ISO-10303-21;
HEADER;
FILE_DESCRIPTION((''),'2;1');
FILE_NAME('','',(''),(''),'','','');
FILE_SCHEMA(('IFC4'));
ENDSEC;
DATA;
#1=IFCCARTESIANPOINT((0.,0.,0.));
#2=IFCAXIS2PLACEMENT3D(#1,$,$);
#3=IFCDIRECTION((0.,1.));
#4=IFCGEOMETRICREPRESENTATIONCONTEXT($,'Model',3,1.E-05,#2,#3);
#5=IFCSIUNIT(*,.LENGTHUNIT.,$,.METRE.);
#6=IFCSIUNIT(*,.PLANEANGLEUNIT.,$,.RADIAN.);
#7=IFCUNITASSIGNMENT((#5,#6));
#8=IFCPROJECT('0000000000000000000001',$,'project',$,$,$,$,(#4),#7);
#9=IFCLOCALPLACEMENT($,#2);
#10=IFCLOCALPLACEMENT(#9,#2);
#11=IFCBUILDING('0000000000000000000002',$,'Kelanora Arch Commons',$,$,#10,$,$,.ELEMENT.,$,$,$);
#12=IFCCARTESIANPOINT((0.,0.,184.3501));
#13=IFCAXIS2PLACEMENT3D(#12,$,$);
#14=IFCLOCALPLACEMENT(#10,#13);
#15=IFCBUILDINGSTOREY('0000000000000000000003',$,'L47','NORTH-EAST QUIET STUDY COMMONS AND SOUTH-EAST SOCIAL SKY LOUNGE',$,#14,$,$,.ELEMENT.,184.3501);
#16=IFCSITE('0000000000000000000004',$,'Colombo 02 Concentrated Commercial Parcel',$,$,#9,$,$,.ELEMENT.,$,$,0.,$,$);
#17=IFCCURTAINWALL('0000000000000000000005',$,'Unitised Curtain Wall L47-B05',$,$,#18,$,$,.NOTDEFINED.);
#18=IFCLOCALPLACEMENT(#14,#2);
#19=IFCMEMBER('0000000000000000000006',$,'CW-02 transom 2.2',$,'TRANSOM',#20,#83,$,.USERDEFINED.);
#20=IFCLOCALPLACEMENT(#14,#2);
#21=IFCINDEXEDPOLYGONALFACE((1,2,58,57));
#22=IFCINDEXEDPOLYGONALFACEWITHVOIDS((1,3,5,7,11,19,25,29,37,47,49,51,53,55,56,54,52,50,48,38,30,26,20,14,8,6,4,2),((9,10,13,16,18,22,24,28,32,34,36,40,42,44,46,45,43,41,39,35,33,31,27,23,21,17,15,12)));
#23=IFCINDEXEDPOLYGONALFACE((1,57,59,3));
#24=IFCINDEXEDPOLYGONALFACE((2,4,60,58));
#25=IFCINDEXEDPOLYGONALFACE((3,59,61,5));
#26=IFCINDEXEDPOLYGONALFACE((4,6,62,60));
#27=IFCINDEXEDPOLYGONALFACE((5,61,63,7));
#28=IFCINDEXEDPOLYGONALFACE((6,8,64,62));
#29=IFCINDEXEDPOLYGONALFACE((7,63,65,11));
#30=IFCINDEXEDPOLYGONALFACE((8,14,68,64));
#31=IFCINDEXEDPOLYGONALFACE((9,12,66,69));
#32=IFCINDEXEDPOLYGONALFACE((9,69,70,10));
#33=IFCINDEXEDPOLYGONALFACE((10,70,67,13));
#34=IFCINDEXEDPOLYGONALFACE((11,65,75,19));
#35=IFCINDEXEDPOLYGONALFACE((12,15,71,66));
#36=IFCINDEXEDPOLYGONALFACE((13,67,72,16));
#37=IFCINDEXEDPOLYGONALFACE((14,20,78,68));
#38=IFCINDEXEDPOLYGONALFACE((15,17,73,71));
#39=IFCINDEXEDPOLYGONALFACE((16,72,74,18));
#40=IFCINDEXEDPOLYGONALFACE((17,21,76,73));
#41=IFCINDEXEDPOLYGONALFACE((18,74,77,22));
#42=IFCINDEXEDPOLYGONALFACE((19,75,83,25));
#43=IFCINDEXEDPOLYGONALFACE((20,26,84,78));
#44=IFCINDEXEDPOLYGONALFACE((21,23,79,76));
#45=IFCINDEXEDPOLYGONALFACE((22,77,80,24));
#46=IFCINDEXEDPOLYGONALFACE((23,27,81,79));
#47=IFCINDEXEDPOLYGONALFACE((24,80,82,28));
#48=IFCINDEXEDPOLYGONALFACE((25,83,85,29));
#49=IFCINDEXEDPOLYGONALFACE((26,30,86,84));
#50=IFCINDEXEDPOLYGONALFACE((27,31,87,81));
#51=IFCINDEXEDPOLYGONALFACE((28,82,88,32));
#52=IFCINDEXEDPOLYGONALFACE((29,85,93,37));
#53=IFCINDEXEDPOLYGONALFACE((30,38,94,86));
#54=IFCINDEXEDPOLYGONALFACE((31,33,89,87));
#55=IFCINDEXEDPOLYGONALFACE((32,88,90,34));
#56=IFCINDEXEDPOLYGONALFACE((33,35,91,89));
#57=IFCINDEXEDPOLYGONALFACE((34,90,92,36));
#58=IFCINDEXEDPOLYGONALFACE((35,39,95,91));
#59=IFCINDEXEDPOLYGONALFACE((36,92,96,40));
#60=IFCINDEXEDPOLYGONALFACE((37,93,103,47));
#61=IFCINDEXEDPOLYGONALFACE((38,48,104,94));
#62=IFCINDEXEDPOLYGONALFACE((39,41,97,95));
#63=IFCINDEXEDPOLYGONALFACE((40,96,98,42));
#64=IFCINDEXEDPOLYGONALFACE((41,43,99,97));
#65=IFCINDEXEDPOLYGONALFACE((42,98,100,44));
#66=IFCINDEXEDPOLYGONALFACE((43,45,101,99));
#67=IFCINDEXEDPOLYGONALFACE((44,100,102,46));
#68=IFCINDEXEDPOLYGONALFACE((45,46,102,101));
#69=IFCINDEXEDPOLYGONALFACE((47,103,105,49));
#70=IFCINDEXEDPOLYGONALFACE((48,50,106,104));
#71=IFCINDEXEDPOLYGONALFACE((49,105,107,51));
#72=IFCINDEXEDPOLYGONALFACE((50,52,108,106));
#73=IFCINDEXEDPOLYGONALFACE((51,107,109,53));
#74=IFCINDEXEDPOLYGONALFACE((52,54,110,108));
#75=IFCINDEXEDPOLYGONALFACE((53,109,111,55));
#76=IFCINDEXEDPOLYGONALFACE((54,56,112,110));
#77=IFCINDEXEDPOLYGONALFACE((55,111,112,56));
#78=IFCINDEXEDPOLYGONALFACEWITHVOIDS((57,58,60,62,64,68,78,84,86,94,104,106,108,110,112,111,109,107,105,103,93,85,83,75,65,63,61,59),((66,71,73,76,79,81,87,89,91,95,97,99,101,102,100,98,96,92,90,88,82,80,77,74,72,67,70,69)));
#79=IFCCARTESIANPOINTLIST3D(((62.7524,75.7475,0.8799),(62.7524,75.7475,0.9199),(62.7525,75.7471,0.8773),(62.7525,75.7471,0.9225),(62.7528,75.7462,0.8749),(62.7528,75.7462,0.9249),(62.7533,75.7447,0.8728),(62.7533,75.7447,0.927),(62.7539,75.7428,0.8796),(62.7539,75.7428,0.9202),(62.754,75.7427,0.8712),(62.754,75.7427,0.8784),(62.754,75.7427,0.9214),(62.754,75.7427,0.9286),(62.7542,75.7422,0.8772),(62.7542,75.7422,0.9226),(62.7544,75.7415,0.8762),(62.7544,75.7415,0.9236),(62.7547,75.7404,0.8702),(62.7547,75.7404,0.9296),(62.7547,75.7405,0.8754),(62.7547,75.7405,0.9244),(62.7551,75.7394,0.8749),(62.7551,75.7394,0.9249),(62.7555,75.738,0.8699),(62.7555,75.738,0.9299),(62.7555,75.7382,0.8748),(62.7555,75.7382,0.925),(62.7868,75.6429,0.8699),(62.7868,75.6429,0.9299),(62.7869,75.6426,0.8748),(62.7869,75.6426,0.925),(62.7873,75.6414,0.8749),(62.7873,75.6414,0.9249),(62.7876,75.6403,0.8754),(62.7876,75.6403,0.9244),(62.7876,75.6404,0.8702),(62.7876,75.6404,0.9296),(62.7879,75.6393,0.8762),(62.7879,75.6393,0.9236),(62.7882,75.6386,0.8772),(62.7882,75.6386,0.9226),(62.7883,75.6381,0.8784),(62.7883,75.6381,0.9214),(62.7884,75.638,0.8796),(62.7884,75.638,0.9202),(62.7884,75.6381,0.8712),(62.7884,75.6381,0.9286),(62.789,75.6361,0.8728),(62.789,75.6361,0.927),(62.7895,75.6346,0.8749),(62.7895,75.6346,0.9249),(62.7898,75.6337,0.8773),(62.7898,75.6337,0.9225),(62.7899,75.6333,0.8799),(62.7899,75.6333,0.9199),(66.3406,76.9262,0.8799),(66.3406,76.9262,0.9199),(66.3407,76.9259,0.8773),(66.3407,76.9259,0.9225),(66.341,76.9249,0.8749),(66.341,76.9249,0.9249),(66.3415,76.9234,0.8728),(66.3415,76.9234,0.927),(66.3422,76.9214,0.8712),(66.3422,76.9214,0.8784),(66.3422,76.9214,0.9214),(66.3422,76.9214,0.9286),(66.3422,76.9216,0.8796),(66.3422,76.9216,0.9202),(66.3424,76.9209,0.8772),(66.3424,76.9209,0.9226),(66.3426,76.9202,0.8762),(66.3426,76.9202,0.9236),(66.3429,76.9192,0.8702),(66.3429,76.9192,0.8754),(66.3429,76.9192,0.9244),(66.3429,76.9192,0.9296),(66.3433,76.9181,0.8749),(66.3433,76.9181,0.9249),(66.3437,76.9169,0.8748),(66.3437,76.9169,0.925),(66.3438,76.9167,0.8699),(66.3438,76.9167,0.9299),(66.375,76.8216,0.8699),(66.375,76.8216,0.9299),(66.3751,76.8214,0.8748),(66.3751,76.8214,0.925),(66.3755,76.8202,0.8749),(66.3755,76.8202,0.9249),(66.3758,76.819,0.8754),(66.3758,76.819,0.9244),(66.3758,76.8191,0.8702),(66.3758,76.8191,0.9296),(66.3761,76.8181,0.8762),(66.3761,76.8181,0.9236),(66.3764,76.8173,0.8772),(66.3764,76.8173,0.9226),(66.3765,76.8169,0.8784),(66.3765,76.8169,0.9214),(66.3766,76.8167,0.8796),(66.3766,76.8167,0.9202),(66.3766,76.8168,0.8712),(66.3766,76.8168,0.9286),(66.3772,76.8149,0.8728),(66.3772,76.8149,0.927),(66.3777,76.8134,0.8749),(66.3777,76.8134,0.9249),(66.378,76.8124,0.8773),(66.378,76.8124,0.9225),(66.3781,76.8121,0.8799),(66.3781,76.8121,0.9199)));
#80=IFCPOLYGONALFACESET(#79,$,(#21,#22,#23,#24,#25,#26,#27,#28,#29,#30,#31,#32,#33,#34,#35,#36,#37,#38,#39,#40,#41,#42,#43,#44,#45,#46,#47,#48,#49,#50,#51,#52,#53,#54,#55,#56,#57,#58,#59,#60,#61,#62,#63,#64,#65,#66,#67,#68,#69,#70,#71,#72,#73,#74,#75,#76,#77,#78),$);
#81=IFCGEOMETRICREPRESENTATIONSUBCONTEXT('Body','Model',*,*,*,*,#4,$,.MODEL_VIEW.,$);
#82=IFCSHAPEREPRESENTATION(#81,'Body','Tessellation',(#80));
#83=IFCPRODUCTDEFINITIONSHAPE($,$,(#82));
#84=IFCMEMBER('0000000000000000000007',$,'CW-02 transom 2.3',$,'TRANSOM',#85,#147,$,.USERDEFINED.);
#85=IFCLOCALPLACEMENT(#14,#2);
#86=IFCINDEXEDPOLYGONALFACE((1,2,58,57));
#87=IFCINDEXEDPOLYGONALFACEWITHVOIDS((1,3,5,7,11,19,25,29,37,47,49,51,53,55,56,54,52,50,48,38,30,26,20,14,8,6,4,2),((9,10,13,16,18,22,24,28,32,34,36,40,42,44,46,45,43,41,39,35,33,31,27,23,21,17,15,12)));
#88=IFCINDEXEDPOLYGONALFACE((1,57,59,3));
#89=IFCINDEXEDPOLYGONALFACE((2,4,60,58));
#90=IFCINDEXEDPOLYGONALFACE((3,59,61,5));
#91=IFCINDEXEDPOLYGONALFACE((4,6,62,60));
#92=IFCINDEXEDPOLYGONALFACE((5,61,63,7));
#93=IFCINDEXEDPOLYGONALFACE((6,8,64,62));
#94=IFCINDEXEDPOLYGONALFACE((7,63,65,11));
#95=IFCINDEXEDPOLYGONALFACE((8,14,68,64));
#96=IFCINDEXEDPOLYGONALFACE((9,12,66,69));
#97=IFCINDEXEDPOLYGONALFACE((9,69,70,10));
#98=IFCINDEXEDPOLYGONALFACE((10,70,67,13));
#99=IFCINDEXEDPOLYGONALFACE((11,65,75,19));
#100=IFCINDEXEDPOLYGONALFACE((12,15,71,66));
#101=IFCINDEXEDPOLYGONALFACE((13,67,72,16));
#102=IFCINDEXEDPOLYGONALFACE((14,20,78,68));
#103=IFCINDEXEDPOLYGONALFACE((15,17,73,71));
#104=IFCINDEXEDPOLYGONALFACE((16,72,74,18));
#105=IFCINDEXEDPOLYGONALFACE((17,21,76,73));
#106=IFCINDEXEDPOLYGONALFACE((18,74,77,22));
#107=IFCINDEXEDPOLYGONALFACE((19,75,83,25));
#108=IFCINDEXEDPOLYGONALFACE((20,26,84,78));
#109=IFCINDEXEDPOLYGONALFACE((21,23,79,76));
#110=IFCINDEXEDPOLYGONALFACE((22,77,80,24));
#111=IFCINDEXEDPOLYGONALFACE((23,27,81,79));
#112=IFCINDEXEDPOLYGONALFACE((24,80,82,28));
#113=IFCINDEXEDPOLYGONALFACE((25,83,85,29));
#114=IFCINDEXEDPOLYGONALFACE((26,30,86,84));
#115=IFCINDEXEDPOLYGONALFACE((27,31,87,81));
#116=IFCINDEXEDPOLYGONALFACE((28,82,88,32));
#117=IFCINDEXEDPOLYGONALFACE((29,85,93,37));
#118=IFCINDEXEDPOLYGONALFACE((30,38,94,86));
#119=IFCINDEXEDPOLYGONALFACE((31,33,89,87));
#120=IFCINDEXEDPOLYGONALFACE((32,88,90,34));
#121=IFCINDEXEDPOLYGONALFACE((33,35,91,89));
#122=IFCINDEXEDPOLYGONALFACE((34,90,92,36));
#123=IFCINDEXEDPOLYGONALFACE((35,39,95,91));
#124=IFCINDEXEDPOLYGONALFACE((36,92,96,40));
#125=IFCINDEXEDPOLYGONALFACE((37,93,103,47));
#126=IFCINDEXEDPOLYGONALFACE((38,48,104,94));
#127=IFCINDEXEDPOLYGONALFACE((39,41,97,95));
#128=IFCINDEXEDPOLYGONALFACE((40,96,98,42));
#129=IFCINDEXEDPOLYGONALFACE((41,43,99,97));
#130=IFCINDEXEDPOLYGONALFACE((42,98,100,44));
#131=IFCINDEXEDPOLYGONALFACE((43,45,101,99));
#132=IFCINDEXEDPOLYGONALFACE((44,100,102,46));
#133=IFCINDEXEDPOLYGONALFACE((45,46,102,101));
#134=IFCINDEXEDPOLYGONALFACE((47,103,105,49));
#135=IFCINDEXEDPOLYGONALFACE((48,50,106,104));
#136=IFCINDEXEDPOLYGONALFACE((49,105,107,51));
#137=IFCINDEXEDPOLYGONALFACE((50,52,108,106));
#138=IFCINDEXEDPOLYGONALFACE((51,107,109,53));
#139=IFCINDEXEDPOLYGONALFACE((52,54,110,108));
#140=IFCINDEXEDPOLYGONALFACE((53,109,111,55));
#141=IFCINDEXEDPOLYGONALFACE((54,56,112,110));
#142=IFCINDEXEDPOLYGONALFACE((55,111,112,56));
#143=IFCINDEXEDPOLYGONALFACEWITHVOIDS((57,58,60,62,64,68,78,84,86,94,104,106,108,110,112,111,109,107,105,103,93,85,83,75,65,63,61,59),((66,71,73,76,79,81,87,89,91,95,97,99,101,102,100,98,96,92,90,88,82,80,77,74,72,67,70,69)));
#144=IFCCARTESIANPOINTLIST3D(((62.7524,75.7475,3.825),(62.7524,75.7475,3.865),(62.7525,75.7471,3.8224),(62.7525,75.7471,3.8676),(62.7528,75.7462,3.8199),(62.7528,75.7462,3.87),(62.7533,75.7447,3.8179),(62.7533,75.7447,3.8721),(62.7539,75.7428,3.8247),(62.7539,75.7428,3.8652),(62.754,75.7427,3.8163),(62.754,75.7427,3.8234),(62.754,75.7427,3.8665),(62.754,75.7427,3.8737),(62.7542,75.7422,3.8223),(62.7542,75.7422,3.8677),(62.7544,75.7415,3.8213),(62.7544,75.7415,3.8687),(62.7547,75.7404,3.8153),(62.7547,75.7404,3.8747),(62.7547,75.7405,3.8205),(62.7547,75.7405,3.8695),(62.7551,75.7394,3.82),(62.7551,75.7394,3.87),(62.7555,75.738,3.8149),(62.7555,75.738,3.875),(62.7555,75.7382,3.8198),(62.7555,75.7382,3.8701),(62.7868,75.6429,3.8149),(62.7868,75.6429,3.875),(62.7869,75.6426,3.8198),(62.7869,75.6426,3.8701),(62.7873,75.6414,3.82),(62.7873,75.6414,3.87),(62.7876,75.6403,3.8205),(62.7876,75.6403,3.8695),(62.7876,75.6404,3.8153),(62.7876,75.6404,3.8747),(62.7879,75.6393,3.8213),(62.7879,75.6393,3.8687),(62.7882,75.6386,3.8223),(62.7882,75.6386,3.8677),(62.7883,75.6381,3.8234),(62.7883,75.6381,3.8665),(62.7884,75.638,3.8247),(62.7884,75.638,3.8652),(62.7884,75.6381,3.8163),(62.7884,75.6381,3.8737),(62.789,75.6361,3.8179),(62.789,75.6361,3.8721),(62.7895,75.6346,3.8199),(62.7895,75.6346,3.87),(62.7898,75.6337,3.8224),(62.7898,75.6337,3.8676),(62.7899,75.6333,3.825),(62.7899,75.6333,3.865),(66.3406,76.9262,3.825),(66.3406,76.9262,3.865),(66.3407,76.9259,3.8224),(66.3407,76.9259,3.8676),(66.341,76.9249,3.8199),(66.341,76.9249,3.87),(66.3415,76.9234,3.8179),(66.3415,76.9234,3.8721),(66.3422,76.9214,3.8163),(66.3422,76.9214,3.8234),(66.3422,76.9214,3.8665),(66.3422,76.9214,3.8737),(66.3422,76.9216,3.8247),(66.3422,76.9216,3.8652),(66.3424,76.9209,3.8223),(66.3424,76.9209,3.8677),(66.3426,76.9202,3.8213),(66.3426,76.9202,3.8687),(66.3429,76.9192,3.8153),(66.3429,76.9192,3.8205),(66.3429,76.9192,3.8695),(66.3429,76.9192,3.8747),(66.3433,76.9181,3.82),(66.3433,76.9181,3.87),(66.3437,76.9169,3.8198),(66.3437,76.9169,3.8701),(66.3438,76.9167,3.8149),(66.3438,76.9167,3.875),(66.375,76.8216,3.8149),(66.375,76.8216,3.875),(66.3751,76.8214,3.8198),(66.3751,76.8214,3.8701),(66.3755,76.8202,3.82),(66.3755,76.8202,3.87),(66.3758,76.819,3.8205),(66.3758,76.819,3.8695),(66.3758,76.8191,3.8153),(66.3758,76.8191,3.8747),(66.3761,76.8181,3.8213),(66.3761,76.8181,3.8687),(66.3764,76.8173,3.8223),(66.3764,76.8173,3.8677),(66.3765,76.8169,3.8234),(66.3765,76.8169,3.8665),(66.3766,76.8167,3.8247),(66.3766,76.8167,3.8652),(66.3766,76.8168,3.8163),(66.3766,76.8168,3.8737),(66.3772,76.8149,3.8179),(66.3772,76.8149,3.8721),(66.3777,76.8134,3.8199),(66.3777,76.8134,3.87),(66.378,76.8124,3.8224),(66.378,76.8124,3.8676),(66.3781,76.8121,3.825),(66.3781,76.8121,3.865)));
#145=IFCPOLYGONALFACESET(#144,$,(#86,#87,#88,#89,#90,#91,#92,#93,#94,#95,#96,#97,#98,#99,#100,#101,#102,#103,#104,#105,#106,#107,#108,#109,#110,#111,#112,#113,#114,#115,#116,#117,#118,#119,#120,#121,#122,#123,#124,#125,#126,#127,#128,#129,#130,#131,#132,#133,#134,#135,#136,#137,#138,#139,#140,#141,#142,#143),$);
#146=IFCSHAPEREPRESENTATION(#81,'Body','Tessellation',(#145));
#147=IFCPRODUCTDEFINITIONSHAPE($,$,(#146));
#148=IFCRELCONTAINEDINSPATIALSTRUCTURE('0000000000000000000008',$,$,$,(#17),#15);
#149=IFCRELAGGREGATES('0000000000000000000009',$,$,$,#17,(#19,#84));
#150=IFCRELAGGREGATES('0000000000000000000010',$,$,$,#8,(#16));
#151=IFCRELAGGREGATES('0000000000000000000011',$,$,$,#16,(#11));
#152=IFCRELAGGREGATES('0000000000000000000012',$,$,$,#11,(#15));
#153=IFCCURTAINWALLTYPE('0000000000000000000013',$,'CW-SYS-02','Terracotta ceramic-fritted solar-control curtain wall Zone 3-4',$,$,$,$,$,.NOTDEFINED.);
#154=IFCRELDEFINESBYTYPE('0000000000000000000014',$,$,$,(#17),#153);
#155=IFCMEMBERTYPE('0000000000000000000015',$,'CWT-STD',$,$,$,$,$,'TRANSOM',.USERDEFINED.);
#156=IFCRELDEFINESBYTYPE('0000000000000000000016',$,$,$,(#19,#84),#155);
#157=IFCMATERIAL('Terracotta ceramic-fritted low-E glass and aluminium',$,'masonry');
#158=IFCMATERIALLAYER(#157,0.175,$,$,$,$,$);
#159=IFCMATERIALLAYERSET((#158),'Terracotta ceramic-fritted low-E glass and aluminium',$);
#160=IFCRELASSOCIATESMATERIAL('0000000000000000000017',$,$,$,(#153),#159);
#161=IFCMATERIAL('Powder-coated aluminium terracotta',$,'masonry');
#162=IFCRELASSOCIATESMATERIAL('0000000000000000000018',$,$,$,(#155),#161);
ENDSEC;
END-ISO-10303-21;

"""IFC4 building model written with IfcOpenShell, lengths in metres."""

from ifc_helpers import new_model, si_unit, direction, frame, origin, origin_2d, place, context, subcontext, project, spatial, hollow_rectangle, extrude, material, layer, layer_set, material_profile, profile_set, type_object, element, aggregate, save


model = new_model("IFC4")

# Units and contexts
model_context = context("Model", 3, precision=1e-05, world=origin(), true_north=direction((0.0, 1.0)))
body_context = subcontext(model_context, "Body", "Model", "MODEL_VIEW")
ifc_project = project(units=[si_unit("LENGTHUNIT", "METRE"), si_unit("PLANEANGLEUNIT", "RADIAN")], contexts=[model_context])

# Site, building, storey
site_placement = place(None, origin())
site = spatial("IfcSite", under=ifc_project, at=site_placement, Name="Colombo 02 Concentrated Commercial Parcel", CompositionType="ELEMENT", RefElevation=0.0)
building_placement = place(site_placement, origin())
building = spatial("IfcBuilding", under=site, at=building_placement, Name="Kelanora Arch Commons", CompositionType="ELEMENT")
storey_placement = place(building_placement, frame((0.0, 0.0, 184.3501)))
storey = spatial("IfcBuildingStorey", under=building, at=storey_placement, Name="L47", Description="NORTH-EAST QUIET STUDY COMMONS AND SOUTH-EAST SOCIAL SKY LOUNGE", CompositionType="ELEMENT", Elevation=184.3501)

# Curtain wall, members
ifc_material_1 = material(Name="Terracotta ceramic-fritted low-E glass and aluminium", Category="masonry")
ifc_layer_1 = layer(ifc_material_1, 0.175)
ifc_layer_set_1 = layer_set([ifc_layer_1], Name="Terracotta ceramic-fritted low-E glass and aluminium")
curtain_wall_type = type_object("IfcCurtainWallType", Name="CW-SYS-02", Description="Terracotta ceramic-fritted solar-control curtain wall Zone 3-4", PredefinedType="NOTDEFINED", material=ifc_layer_set_1)
curtain_wall_placement = place(storey_placement, origin())
curtain_wall = element("IfcCurtainWall", 1, at=curtain_wall_placement, inside=storey, type_object=curtain_wall_type, Name="Unitised Curtain Wall L47-B05", PredefinedType="NOTDEFINED")
ifc_material_2 = material(Name="Powder-coated aluminium terracotta", Category="masonry")
ifc_material_profile_1 = material_profile(ifc_material_2, hollow_rectangle(XDim=0.1201, YDim=0.0601, WallThickness=0.0049, InnerFilletRadius=0.0049, OuterFilletRadius=0.01, at=origin_2d()), Name="CWT120x60")
ifc_profile_set_1 = profile_set([ifc_material_profile_1], Name="Powder-coated aluminium terracotta")
member_type_1 = type_object("IfcMemberType", Name="CWT-STD", ElementType="TRANSOM", PredefinedType="USERDEFINED", material=ifc_profile_set_1)
member_1_placement = place(storey_placement, frame((66.3594, 76.8691, 0.8999), z_axis=(-0.950051, -0.312094, 0.0), x_axis=(0.312094, -0.950051, 0.0)))
member_1 = element("IfcMember", 2, at=member_1_placement, type_object=member_type_1, Name="CW-02 transom 2.2", ObjectType="TRANSOM", PredefinedType="USERDEFINED", context=body_context, shape_type="SweptSolid", body=[
    extrude(hollow_rectangle(XDim=0.1201, YDim=0.0601, WallThickness=0.0049, InnerFilletRadius=0.0049, OuterFilletRadius=0.01, at=origin_2d()), origin(), (0.0, 0.0, 1.0), 3.7769),
])
member_2_placement = place(storey_placement, frame((66.3594, 76.8691, 3.845), z_axis=(-0.950051, -0.312094, 0.0), x_axis=(0.312094, -0.950051, 0.0)))
member_2 = element("IfcMember", 3, at=member_2_placement, type_object=member_type_1, Name="CW-02 transom 2.3", ObjectType="TRANSOM", PredefinedType="USERDEFINED", context=body_context, shape_type="SweptSolid", body=[
    extrude(hollow_rectangle(XDim=0.1201, YDim=0.0601, WallThickness=0.0049, InnerFilletRadius=0.0049, OuterFilletRadius=0.01, at=origin_2d()), origin(), (0.0, 0.0, 1.0), 3.7769),
])
aggregate(curtain_wall, [member_1, member_2])

save(model, "model.ifc")
